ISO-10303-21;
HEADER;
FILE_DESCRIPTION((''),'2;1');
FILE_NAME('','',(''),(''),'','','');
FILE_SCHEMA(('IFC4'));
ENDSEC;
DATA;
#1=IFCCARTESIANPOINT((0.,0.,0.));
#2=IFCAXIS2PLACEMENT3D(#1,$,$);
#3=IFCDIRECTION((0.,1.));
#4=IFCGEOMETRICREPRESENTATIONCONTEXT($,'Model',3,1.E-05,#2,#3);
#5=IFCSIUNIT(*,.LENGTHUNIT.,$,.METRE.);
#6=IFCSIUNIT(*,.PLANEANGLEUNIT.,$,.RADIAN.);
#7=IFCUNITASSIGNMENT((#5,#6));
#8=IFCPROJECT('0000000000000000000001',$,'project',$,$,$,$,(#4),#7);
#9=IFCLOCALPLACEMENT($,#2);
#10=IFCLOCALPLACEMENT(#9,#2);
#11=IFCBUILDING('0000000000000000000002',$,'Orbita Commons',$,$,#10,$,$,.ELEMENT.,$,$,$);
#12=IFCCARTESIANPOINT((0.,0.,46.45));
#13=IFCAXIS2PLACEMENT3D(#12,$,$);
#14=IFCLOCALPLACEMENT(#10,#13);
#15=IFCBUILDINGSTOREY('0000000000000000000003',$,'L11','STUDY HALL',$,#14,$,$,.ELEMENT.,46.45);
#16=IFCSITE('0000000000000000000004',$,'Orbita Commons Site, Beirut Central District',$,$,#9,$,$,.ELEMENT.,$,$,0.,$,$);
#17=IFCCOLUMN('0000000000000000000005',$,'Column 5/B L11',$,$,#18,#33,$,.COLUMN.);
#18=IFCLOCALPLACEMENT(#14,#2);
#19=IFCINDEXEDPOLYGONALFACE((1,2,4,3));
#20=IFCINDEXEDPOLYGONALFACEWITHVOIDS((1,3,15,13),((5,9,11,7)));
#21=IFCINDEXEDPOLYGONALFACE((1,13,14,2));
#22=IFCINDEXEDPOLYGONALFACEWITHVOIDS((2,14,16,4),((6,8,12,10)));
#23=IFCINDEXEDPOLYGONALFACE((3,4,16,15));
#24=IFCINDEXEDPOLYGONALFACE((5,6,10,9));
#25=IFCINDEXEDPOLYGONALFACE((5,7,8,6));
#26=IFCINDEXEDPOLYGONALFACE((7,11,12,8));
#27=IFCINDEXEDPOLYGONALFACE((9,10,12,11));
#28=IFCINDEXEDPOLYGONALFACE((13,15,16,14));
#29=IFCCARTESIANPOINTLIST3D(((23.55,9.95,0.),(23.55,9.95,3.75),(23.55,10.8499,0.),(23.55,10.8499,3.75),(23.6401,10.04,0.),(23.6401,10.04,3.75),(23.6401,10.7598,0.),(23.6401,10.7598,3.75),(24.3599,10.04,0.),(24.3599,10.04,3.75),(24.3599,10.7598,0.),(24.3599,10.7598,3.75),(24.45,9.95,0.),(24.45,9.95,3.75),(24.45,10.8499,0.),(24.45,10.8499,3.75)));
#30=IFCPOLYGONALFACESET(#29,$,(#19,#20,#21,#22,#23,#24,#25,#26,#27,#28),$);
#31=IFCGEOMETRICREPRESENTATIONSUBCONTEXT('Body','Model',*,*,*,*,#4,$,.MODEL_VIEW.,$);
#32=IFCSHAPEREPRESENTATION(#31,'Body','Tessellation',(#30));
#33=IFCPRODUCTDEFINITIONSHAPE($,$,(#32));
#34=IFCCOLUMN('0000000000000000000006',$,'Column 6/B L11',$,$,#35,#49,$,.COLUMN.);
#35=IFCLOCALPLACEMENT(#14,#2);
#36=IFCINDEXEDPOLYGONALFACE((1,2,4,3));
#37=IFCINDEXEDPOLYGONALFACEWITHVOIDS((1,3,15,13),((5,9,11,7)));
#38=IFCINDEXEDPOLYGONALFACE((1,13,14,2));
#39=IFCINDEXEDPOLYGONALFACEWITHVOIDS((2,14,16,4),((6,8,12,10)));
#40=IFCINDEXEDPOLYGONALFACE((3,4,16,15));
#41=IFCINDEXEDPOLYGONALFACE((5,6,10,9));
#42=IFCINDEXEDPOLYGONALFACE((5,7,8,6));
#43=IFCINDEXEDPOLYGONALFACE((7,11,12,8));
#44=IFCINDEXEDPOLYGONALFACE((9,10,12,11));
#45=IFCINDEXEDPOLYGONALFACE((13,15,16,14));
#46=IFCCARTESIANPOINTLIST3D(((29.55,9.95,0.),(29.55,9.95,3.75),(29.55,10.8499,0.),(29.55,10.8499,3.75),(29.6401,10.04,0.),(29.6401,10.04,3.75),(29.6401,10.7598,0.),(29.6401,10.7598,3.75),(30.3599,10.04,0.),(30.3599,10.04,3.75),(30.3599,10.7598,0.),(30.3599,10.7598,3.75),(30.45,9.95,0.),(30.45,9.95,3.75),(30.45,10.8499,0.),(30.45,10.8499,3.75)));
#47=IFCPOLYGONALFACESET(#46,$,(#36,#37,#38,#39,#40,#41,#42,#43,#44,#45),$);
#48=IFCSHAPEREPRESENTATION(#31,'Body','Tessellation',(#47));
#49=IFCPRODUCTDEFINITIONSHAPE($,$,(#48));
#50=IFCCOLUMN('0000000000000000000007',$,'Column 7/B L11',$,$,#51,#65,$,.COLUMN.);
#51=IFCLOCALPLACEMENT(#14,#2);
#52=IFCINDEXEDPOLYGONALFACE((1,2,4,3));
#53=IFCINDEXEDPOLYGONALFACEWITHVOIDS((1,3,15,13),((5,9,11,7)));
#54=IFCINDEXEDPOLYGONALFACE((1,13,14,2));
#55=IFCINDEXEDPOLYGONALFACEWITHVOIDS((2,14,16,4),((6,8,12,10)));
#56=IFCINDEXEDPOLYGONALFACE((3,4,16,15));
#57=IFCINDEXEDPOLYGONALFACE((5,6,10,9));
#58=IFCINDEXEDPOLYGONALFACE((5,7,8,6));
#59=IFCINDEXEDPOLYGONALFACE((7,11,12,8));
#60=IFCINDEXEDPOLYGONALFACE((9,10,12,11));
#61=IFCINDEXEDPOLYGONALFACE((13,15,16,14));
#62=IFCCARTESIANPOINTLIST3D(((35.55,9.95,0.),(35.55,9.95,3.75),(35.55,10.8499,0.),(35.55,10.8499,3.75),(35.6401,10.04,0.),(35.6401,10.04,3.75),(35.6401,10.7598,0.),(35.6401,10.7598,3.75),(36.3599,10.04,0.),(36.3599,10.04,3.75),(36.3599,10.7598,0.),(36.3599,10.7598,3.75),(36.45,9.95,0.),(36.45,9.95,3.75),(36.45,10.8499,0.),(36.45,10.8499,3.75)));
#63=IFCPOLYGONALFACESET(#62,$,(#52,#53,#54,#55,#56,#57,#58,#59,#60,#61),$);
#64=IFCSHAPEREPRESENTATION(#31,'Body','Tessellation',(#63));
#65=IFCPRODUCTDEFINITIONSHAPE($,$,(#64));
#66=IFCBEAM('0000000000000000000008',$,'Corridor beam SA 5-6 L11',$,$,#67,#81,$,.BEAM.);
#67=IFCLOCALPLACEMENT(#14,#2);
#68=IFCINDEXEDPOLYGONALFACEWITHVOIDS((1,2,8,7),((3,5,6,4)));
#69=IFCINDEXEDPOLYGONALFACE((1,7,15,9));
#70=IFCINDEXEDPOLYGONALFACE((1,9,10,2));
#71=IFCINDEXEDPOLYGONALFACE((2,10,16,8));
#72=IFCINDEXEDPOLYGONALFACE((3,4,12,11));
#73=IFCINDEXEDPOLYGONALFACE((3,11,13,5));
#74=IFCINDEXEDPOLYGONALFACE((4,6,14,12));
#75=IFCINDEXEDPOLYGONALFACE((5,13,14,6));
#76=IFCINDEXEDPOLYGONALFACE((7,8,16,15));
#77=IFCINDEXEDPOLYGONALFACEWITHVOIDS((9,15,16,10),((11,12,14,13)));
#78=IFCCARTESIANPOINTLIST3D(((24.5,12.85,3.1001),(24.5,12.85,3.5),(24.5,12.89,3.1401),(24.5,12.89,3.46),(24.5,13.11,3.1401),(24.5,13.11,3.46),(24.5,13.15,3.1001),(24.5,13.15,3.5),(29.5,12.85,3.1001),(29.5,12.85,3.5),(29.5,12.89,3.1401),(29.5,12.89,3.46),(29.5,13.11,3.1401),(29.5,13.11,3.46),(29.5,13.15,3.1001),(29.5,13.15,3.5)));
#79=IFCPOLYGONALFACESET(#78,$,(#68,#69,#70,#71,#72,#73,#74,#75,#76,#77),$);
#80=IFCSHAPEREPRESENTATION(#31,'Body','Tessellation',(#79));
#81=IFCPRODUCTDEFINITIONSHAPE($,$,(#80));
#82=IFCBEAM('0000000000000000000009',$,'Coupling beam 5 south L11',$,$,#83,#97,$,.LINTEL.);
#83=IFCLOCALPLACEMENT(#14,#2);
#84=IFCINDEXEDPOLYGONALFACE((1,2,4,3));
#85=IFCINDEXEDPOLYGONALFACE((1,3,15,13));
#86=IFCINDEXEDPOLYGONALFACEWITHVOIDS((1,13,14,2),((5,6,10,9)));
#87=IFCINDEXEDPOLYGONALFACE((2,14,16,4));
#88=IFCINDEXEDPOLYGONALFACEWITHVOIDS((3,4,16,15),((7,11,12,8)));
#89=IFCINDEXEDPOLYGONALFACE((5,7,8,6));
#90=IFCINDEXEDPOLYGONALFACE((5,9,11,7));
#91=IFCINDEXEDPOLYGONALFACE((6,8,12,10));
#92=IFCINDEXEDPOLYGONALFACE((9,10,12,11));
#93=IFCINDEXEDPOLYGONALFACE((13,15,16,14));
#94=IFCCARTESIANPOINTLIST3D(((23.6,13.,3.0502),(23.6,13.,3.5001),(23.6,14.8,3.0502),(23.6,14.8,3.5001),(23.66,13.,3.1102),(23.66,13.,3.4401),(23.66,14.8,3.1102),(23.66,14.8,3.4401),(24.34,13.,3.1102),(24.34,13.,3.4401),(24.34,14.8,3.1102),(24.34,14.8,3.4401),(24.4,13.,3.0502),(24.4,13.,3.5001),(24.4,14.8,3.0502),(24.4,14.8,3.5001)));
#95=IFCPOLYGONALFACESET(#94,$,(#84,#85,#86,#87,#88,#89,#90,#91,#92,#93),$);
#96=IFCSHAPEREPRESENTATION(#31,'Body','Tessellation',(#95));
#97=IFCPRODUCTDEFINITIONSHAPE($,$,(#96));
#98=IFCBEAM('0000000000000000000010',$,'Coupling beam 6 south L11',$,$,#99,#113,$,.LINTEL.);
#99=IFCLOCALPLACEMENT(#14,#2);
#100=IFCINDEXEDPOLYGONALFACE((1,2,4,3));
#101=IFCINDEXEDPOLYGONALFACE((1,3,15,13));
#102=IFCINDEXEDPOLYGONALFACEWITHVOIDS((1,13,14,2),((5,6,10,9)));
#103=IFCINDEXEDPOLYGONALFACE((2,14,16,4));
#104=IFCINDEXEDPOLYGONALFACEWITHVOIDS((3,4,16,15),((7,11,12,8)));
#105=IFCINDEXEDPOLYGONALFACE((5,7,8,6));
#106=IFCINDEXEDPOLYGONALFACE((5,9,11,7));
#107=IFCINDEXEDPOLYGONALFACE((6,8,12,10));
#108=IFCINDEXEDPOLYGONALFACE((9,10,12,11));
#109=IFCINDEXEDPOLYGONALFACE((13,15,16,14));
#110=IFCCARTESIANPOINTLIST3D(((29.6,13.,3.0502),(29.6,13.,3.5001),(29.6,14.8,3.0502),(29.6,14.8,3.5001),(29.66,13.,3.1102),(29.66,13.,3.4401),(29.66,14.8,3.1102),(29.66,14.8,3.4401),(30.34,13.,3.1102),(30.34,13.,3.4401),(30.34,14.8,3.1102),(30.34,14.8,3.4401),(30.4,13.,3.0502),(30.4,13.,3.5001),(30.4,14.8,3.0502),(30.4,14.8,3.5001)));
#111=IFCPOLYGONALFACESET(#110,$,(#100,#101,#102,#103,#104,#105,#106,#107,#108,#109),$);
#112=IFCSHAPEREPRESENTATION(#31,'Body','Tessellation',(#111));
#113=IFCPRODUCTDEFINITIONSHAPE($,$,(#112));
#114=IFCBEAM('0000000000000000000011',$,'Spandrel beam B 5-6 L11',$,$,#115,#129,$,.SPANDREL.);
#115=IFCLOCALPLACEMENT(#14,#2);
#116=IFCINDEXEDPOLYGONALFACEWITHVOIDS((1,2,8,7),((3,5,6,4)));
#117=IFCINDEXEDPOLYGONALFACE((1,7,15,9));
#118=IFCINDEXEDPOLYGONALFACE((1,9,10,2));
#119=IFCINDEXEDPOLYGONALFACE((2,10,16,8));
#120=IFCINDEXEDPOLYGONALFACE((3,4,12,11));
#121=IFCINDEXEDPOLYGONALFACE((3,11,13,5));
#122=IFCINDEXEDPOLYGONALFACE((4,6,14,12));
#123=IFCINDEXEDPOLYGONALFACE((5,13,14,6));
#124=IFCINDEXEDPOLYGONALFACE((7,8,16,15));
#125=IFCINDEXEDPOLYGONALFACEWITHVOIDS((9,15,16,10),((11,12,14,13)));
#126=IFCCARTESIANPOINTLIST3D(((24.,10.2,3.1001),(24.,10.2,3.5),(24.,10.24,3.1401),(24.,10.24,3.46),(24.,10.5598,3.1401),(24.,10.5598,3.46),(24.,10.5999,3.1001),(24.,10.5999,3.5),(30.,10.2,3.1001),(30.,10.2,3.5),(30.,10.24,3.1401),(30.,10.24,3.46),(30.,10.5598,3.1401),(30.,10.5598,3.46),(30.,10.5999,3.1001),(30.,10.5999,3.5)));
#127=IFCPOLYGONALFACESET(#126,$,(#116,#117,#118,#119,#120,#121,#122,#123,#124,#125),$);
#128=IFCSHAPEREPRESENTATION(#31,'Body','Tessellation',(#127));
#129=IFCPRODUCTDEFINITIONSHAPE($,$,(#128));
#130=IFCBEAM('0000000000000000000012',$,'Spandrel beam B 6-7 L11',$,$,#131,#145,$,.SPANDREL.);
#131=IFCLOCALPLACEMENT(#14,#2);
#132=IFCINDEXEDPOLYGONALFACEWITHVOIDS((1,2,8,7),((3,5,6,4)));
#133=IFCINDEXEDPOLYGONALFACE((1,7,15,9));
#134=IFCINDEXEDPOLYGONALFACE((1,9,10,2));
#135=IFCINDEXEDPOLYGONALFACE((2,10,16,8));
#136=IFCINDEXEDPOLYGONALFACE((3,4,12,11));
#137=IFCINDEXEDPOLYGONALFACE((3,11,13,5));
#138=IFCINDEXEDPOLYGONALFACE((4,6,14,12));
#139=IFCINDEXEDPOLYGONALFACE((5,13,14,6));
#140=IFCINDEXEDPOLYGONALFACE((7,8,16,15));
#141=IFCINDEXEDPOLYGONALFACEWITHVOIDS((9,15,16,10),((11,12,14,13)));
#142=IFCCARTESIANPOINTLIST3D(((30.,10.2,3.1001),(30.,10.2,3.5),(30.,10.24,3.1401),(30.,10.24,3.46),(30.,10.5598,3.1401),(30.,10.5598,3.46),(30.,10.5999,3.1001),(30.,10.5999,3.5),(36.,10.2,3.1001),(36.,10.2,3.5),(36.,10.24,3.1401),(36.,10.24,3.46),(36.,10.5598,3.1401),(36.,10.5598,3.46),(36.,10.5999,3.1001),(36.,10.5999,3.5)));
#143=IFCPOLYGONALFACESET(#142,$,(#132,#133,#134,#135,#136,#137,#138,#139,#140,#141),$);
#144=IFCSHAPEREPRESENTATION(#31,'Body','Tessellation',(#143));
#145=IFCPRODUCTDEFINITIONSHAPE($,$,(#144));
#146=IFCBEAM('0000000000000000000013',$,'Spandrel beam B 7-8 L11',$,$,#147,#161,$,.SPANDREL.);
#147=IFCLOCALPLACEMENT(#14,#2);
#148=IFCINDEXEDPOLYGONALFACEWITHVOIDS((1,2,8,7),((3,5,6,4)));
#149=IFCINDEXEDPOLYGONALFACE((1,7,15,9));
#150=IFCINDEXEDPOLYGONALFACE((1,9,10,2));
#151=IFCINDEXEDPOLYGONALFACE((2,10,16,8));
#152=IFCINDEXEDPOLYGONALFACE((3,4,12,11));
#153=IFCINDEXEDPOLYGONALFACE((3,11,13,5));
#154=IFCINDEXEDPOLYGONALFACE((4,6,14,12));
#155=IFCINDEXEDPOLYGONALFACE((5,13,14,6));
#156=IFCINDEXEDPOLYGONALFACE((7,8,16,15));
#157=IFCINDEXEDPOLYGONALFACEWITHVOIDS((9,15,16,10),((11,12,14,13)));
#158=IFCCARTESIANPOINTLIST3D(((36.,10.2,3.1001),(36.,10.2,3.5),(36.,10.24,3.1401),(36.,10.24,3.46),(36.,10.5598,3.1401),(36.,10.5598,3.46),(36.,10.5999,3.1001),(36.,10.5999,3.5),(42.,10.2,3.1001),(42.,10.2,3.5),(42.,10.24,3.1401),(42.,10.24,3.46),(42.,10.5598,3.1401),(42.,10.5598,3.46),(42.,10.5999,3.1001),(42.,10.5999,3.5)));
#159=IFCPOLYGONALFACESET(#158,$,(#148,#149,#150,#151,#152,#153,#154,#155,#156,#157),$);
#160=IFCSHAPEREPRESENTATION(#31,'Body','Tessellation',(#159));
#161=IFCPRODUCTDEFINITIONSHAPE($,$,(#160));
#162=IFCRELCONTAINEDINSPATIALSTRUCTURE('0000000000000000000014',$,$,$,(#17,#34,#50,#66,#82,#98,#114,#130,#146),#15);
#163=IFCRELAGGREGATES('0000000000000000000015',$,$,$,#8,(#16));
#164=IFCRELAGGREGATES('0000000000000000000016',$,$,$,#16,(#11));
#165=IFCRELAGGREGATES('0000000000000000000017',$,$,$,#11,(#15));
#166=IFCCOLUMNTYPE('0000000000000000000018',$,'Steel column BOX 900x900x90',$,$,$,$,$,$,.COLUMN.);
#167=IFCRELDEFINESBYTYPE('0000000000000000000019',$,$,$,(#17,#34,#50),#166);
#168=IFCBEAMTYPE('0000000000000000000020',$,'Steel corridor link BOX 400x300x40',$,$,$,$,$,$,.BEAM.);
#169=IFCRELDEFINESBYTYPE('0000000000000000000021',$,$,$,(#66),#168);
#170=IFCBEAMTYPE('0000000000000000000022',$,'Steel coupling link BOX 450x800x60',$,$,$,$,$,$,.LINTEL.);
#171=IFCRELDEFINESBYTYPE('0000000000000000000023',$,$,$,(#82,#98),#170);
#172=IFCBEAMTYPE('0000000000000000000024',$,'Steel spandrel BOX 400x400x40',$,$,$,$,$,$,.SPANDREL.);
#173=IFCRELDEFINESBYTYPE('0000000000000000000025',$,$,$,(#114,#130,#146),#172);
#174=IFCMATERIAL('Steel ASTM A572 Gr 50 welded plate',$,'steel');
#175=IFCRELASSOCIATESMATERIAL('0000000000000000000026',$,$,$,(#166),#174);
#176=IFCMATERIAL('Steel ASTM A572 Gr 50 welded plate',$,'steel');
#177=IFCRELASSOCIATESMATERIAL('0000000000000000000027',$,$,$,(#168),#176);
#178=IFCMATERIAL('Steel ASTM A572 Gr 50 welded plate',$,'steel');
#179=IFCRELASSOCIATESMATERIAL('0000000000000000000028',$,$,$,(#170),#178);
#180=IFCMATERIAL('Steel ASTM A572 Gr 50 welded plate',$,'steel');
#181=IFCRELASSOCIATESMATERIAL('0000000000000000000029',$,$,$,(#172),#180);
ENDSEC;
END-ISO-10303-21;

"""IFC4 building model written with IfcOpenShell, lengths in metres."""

from ifc_helpers import new_model, si_unit, direction, frame, origin, origin_2d, place, context, subcontext, project, spatial, hollow_rectangle, extrude, material, material_profile, profile_set, type_object, element, save


model = new_model("IFC4")

# Units and contexts
model_context = context("Model", 3, precision=1e-05, world=origin(), true_north=direction((0.0, 1.0)))
body_context = subcontext(model_context, "Body", "Model", "MODEL_VIEW")
ifc_project = project(units=[si_unit("LENGTHUNIT", "METRE"), si_unit("PLANEANGLEUNIT", "RADIAN")], contexts=[model_context])

# Site, building, storey
site_placement = place(None, origin())
site = spatial("IfcSite", under=ifc_project, at=site_placement, Name="Orbita Commons Site, Beirut Central District", CompositionType="ELEMENT", RefElevation=0.0)
building_placement = place(site_placement, origin())
building = spatial("IfcBuilding", under=site, at=building_placement, Name="Orbita Commons", CompositionType="ELEMENT")
storey_placement = place(building_placement, frame((0.0, 0.0, 46.45)))
storey = spatial("IfcBuildingStorey", under=building, at=storey_placement, Name="L11", Description="STUDY HALL", CompositionType="ELEMENT", Elevation=46.45)

# Columns
ifc_material_1 = material(Name="Steel ASTM A572 Gr 50 welded plate", Category="steel")
ifc_material_profile_1 = material_profile(ifc_material_1, hollow_rectangle(XDim=0.8999, YDim=0.8999, WallThickness=0.0901, at=origin_2d()), Name="BOX 900x900x90")
ifc_profile_set_1 = profile_set([ifc_material_profile_1], Name="Steel ASTM A572 Gr 50 welded plate")
column_type = type_object("IfcColumnType", Name="Steel column BOX 900x900x90", PredefinedType="COLUMN", material=ifc_profile_set_1)
for number, where, z_axis, x_axis, name in (
    (1, (24.0, 10.3999, 0.0), (0.0, 0.0, 1.0), (1.0, 0.0, 0.0), "Column 5/B L11"),
    (2, (30.0, 10.3999, 0.0), (0.0, 0.0, 1.0), (1.0, 0.0, 0.0), "Column 6/B L11"),
    (3, (36.0, 10.3999, 0.0), (0.0, 0.0, 1.0), (1.0, 0.0, 0.0), "Column 7/B L11"),
):
    element("IfcColumn", number, at=place(storey_placement, frame(where, z_axis=z_axis, x_axis=x_axis)), inside=storey, type_object=column_type, Name=name, PredefinedType="COLUMN", context=body_context, shape_type="SweptSolid", body=[
        extrude(hollow_rectangle(XDim=0.8999, YDim=0.8999, WallThickness=0.0901, at=origin_2d()), origin(), (0.0, 0.0, 1.0), 3.75),
    ])

# Beams
ifc_material_2 = material(Name="Steel ASTM A572 Gr 50 welded plate", Category="steel")
ifc_material_profile_2 = material_profile(ifc_material_2, hollow_rectangle(XDim=0.3, YDim=0.3999, WallThickness=0.04, at=origin_2d()), Name="BOX 400x300x40")
ifc_profile_set_2 = profile_set([ifc_material_profile_2], Name="Steel ASTM A572 Gr 50 welded plate")
beam_type_1 = type_object("IfcBeamType", Name="Steel corridor link BOX 400x300x40", PredefinedType="BEAM", material=ifc_profile_set_2)
beam_placement = place(storey_placement, frame((24.5, 13.0, 3.3), z_axis=(1.0, 0.0, 0.0), x_axis=(0.0, 1.0, 0.0)))
element("IfcBeam", 4, at=beam_placement, inside=storey, type_object=beam_type_1, Name="Corridor beam SA 5-6 L11", PredefinedType="BEAM", context=body_context, shape_type="SweptSolid", body=[
    extrude(hollow_rectangle(XDim=0.3, YDim=0.3999, WallThickness=0.04, at=origin_2d()), origin(), (0.0, 0.0, 1.0), 5.0),
])
ifc_material_3 = material(Name="Steel ASTM A572 Gr 50 welded plate", Category="steel")
ifc_material_profile_3 = material_profile(ifc_material_3, hollow_rectangle(XDim=0.8, YDim=0.45, WallThickness=0.0601, at=origin_2d()), Name="BOX 450x800x60")
ifc_profile_set_3 = profile_set([ifc_material_profile_3], Name="Steel ASTM A572 Gr 50 welded plate")
beam_type_2 = type_object("IfcBeamType", Name="Steel coupling link BOX 450x800x60", PredefinedType="LINTEL", material=ifc_profile_set_3)
for number, where, z_axis, x_axis, name in (
    (5, (24.0, 13.0, 3.2751), (0.0, 1.0, 0.0), (-1.0, 0.0, 0.0), "Coupling beam 5 south L11"),
    (6, (30.0, 13.0, 3.2751), (0.0, 1.0, 0.0), (-1.0, 0.0, 0.0), "Coupling beam 6 south L11"),
):
    element("IfcBeam", number, at=place(storey_placement, frame(where, z_axis=z_axis, x_axis=x_axis)), inside=storey, type_object=beam_type_2, Name=name, PredefinedType="LINTEL", context=body_context, shape_type="SweptSolid", body=[
        extrude(hollow_rectangle(XDim=0.8, YDim=0.45, WallThickness=0.0601, at=origin_2d()), origin(), (0.0, 0.0, 1.0), 1.8),
    ])
ifc_material_4 = material(Name="Steel ASTM A572 Gr 50 welded plate", Category="steel")
ifc_material_profile_4 = material_profile(ifc_material_4, hollow_rectangle(XDim=0.3999, YDim=0.3999, WallThickness=0.04, at=origin_2d()), Name="BOX 400x400x40")
ifc_profile_set_4 = profile_set([ifc_material_profile_4], Name="Steel ASTM A572 Gr 50 welded plate")
beam_type_3 = type_object("IfcBeamType", Name="Steel spandrel BOX 400x400x40", PredefinedType="SPANDREL", material=ifc_profile_set_4)
for number, where, z_axis, x_axis, name in (
    (7, (24.0, 10.3999, 3.3), (1.0, 0.0, 0.0), (0.0, 1.0, 0.0), "Spandrel beam B 5-6 L11"),
    (8, (30.0, 10.3999, 3.3), (1.0, 0.0, 0.0), (0.0, 1.0, 0.0), "Spandrel beam B 6-7 L11"),
    (9, (36.0, 10.3999, 3.3), (1.0, 0.0, 0.0), (0.0, 1.0, 0.0), "Spandrel beam B 7-8 L11"),
):
    element("IfcBeam", number, at=place(storey_placement, frame(where, z_axis=z_axis, x_axis=x_axis)), inside=storey, type_object=beam_type_3, Name=name, PredefinedType="SPANDREL", context=body_context, shape_type="SweptSolid", body=[
        extrude(hollow_rectangle(XDim=0.3999, YDim=0.3999, WallThickness=0.04, at=origin_2d()), origin(), (0.0, 0.0, 1.0), 6.0),
    ])

save(model, "model.ifc")
